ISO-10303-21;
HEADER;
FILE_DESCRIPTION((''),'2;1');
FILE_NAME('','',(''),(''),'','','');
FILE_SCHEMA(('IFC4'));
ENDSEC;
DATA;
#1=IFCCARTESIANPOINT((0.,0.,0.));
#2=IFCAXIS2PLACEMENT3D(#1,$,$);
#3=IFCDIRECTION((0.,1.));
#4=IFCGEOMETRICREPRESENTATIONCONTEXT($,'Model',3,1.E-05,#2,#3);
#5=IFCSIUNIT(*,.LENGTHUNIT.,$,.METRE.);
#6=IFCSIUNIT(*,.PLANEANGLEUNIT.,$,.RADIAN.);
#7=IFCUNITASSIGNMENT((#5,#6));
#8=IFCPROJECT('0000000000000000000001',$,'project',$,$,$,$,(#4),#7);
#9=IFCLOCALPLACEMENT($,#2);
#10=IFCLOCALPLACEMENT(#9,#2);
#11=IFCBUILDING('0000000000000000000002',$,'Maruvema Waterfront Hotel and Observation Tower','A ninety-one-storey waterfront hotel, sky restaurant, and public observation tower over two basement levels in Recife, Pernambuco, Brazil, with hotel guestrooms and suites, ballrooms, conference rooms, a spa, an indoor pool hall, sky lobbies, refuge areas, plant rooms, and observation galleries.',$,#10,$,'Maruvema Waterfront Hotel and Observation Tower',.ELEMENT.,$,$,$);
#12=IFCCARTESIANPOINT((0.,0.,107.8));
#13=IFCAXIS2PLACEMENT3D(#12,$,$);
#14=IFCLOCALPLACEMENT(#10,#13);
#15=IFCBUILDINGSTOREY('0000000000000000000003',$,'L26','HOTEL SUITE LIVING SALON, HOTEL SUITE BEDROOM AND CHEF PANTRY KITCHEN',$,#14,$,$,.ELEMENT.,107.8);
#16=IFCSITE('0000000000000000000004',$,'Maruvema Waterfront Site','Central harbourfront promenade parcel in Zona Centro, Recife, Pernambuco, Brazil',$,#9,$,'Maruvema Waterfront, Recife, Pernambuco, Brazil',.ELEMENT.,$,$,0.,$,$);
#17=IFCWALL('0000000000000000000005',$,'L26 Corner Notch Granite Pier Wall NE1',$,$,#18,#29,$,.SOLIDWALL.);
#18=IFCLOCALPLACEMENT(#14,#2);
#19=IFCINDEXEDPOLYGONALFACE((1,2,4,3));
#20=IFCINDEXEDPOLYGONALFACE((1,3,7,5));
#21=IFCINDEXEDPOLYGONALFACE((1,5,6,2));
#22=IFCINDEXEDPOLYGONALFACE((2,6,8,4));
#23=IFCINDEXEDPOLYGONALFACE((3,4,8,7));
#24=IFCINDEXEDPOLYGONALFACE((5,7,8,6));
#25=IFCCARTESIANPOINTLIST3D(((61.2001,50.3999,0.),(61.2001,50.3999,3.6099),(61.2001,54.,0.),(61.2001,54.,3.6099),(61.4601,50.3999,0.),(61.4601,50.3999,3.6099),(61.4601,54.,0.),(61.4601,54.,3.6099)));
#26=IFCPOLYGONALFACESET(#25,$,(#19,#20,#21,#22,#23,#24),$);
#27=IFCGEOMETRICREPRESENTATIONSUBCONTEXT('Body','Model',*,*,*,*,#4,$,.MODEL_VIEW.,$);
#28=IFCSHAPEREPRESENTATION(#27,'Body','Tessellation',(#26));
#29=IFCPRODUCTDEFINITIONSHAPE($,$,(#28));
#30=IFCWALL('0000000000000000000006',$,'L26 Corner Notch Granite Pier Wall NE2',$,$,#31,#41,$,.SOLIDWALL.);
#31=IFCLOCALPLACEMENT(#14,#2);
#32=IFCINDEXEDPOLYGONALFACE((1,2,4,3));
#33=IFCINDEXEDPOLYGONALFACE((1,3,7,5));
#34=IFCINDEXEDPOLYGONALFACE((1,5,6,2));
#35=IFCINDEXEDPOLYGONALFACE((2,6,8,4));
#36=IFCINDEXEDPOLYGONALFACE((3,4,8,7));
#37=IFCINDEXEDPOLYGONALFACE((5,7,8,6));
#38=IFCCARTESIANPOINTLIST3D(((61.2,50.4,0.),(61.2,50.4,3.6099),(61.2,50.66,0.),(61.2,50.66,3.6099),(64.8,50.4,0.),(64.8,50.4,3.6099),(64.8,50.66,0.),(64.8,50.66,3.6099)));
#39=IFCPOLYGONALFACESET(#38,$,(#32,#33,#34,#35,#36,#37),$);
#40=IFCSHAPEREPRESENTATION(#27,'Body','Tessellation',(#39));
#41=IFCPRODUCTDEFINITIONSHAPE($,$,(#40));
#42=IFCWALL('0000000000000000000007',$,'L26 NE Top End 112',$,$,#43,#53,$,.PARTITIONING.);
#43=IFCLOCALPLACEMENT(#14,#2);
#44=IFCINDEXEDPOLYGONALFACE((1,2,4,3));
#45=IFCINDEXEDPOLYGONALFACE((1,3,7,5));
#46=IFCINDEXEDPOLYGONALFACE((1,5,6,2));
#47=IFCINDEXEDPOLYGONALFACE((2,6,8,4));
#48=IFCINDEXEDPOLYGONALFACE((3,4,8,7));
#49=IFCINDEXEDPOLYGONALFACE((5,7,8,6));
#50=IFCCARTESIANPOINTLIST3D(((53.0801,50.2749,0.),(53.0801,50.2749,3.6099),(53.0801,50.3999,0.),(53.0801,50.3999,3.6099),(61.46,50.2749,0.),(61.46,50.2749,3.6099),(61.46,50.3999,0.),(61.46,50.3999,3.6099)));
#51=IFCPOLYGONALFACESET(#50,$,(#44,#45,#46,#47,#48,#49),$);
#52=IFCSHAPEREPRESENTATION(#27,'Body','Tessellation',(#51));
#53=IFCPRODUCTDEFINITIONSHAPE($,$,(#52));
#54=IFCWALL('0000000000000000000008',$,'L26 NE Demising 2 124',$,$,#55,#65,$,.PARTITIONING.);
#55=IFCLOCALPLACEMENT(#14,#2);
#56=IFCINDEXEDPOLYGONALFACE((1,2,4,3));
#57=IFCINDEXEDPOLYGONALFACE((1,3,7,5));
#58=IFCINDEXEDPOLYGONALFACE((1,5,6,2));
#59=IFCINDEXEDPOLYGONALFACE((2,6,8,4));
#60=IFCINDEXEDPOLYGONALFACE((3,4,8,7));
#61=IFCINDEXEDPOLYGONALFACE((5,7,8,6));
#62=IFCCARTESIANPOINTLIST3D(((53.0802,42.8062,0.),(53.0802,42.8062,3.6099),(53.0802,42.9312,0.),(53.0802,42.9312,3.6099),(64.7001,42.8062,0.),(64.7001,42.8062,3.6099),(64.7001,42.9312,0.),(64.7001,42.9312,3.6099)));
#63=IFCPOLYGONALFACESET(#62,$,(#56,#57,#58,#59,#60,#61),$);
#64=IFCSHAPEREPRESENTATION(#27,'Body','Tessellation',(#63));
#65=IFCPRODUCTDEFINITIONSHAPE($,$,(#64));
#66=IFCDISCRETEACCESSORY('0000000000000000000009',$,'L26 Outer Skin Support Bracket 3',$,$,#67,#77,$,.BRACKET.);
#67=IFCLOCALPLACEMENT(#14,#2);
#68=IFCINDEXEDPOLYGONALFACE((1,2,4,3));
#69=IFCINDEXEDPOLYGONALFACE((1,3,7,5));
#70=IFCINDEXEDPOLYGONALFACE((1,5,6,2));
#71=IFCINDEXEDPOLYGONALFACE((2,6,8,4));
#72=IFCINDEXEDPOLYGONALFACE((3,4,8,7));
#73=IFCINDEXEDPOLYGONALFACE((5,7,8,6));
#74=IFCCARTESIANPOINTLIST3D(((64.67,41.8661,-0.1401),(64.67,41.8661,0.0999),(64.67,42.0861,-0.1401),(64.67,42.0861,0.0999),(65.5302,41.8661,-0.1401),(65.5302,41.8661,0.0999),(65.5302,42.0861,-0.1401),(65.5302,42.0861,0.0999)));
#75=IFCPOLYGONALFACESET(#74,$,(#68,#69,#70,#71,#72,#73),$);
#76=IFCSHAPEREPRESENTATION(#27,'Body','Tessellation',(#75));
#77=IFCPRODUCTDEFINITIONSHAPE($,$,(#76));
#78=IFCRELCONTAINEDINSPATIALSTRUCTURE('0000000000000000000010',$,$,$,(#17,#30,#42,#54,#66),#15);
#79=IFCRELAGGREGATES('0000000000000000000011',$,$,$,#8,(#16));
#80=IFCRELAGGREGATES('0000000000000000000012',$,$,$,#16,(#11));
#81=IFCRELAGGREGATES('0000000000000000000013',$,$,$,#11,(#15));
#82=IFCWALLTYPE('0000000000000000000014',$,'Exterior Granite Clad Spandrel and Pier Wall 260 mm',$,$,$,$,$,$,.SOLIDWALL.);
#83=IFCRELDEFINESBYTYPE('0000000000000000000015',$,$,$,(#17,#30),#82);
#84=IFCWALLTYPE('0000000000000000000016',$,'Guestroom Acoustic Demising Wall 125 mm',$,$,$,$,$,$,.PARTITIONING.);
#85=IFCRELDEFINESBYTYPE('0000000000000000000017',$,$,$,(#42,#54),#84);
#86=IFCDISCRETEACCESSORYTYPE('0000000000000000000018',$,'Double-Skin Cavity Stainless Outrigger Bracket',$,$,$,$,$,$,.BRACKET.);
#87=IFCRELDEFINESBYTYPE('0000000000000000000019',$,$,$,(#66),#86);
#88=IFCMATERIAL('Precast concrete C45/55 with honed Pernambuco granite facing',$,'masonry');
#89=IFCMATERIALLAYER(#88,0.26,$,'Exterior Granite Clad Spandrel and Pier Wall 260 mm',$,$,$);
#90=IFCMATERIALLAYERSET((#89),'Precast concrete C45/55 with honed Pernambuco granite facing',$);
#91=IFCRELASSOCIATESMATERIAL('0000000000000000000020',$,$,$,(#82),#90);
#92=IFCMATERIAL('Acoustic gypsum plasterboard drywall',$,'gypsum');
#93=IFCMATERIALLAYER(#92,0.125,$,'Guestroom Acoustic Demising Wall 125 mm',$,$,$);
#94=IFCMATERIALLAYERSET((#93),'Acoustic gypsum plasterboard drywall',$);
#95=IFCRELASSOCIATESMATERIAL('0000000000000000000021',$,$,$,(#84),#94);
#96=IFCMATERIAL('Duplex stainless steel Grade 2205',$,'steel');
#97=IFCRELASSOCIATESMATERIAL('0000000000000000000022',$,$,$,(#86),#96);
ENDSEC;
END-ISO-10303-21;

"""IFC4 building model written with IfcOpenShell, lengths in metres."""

from ifc_helpers import new_model, si_unit, direction, frame, frame_2d, origin, origin_2d, place, context, subcontext, project, spatial, rectangle, extrude, material, layer, layer_set, type_object, element, save


model = new_model("IFC4")

# Units and contexts
model_context = context("Model", 3, precision=1e-05, world=origin(), true_north=direction((0.0, 1.0)))
body_context = subcontext(model_context, "Body", "Model", "MODEL_VIEW")
ifc_project = project(units=[si_unit("LENGTHUNIT", "METRE"), si_unit("PLANEANGLEUNIT", "RADIAN")], contexts=[model_context])

# Site, building, storey
site_placement = place(None, origin())
site = spatial("IfcSite", under=ifc_project, at=site_placement, Name="Maruvema Waterfront Site", Description="Central harbourfront promenade parcel in Zona Centro, Recife, Pernambuco, Brazil", LongName="Maruvema Waterfront, Recife, Pernambuco, Brazil", CompositionType="ELEMENT", RefElevation=0.0)
building_placement = place(site_placement, origin())
building = spatial("IfcBuilding", under=site, at=building_placement, Name="Maruvema Waterfront Hotel and Observation Tower", Description="A ninety-one-storey waterfront hotel, sky restaurant, and public observation tower over two basement levels in Recife, Pernambuco, Brazil, with hotel guestrooms and suites, ballrooms, conference rooms, a spa, an indoor pool hall, sky lobbies, refuge areas, plant rooms, and observation galleries.", LongName="Maruvema Waterfront Hotel and Observation Tower", CompositionType="ELEMENT")
storey_placement = place(building_placement, frame((0.0, 0.0, 107.8)))
storey = spatial("IfcBuildingStorey", under=building, at=storey_placement, Name="L26", Description="HOTEL SUITE LIVING SALON, HOTEL SUITE BEDROOM AND CHEF PANTRY KITCHEN", CompositionType="ELEMENT", Elevation=107.8)

# Walls
ifc_material_1 = material(Name="Precast concrete C45/55 with honed Pernambuco granite facing", Category="masonry")
ifc_layer_1 = layer(ifc_material_1, 0.26, Name="Exterior Granite Clad Spandrel and Pier Wall 260 mm")
ifc_layer_set_1 = layer_set([ifc_layer_1], Name="Precast concrete C45/55 with honed Pernambuco granite facing")
wall_type_1 = type_object("IfcWallType", Name="Exterior Granite Clad Spandrel and Pier Wall 260 mm", PredefinedType="SOLIDWALL", material=ifc_layer_set_1)
for number, where, z_axis, x_axis, name in (
    (1, (61.3301, 54.0, 0.0), (0.0, 0.0, 1.0), (0.0, -1.0, 0.0), "L26 Corner Notch Granite Pier Wall NE1"),
    (2, (61.2, 50.53, 0.0), (0.0, 0.0, 1.0), (1.0, 0.0, 0.0), "L26 Corner Notch Granite Pier Wall NE2"),
):
    element("IfcWall", number, at=place(storey_placement, frame(where, z_axis=z_axis, x_axis=x_axis)), inside=storey, type_object=wall_type_1, Name=name, PredefinedType="SOLIDWALL", context=body_context, shape_type="SweptSolid", body=[
        extrude(rectangle(XDim=3.6001, YDim=0.26, at=frame_2d((1.8, 0.0))), origin(), (0.0, 0.0, 1.0), 3.6099),
    ])
ifc_material_2 = material(Name="Acoustic gypsum plasterboard drywall", Category="gypsum")
ifc_layer_2 = layer(ifc_material_2, 0.125, Name="Guestroom Acoustic Demising Wall 125 mm")
ifc_layer_set_2 = layer_set([ifc_layer_2], Name="Acoustic gypsum plasterboard drywall")
wall_type_2 = type_object("IfcWallType", Name="Guestroom Acoustic Demising Wall 125 mm", PredefinedType="PARTITIONING", material=ifc_layer_set_2)
wall_1_placement = place(storey_placement, frame((53.0801, 50.3374, 0.0), z_axis=(0.0, 0.0, 1.0), x_axis=(1.0, 0.0, 0.0)))
element("IfcWall", 3, at=wall_1_placement, inside=storey, type_object=wall_type_2, Name="L26 NE Top End 112", PredefinedType="PARTITIONING", context=body_context, shape_type="SweptSolid", body=[
    extrude(rectangle(XDim=8.3799, YDim=0.125, at=frame_2d((4.1899, 0.0))), origin(), (0.0, 0.0, 1.0), 3.6099),
])
wall_2_placement = place(storey_placement, frame((53.0801, 42.8687, 0.0), z_axis=(0.0, 0.0, 1.0), x_axis=(1.0, 0.0, 0.0)))
element("IfcWall", 4, at=wall_2_placement, inside=storey, type_object=wall_type_2, Name="L26 NE Demising 2 124", PredefinedType="PARTITIONING", context=body_context, shape_type="SweptSolid", body=[
    extrude(rectangle(XDim=11.6199, YDim=0.125, at=frame_2d((5.8101, 0.0))), origin(), (0.0, 0.0, 1.0), 3.6099),
])

# Discrete accessory
ifc_material_3 = material(Name="Duplex stainless steel Grade 2205", Category="steel")
discrete_accessory_type = type_object("IfcDiscreteAccessoryType", Name="Double-Skin Cavity Stainless Outrigger Bracket", PredefinedType="BRACKET", material=ifc_material_3)
discrete_accessory_placement = place(storey_placement, frame((65.1001, 41.9761, -0.1401), z_axis=(0.0, 0.0, 1.0), x_axis=(0.0, 1.0, 0.0)))
element("IfcDiscreteAccessory", 5, at=discrete_accessory_placement, inside=storey, type_object=discrete_accessory_type, Name="L26 Outer Skin Support Bracket 3", PredefinedType="BRACKET", context=body_context, shape_type="SweptSolid", body=[
    extrude(rectangle(XDim=0.22, YDim=0.8601, at=origin_2d()), origin(), (0.0, 0.0, 1.0), 0.24),
])

save(model, "model.ifc")
